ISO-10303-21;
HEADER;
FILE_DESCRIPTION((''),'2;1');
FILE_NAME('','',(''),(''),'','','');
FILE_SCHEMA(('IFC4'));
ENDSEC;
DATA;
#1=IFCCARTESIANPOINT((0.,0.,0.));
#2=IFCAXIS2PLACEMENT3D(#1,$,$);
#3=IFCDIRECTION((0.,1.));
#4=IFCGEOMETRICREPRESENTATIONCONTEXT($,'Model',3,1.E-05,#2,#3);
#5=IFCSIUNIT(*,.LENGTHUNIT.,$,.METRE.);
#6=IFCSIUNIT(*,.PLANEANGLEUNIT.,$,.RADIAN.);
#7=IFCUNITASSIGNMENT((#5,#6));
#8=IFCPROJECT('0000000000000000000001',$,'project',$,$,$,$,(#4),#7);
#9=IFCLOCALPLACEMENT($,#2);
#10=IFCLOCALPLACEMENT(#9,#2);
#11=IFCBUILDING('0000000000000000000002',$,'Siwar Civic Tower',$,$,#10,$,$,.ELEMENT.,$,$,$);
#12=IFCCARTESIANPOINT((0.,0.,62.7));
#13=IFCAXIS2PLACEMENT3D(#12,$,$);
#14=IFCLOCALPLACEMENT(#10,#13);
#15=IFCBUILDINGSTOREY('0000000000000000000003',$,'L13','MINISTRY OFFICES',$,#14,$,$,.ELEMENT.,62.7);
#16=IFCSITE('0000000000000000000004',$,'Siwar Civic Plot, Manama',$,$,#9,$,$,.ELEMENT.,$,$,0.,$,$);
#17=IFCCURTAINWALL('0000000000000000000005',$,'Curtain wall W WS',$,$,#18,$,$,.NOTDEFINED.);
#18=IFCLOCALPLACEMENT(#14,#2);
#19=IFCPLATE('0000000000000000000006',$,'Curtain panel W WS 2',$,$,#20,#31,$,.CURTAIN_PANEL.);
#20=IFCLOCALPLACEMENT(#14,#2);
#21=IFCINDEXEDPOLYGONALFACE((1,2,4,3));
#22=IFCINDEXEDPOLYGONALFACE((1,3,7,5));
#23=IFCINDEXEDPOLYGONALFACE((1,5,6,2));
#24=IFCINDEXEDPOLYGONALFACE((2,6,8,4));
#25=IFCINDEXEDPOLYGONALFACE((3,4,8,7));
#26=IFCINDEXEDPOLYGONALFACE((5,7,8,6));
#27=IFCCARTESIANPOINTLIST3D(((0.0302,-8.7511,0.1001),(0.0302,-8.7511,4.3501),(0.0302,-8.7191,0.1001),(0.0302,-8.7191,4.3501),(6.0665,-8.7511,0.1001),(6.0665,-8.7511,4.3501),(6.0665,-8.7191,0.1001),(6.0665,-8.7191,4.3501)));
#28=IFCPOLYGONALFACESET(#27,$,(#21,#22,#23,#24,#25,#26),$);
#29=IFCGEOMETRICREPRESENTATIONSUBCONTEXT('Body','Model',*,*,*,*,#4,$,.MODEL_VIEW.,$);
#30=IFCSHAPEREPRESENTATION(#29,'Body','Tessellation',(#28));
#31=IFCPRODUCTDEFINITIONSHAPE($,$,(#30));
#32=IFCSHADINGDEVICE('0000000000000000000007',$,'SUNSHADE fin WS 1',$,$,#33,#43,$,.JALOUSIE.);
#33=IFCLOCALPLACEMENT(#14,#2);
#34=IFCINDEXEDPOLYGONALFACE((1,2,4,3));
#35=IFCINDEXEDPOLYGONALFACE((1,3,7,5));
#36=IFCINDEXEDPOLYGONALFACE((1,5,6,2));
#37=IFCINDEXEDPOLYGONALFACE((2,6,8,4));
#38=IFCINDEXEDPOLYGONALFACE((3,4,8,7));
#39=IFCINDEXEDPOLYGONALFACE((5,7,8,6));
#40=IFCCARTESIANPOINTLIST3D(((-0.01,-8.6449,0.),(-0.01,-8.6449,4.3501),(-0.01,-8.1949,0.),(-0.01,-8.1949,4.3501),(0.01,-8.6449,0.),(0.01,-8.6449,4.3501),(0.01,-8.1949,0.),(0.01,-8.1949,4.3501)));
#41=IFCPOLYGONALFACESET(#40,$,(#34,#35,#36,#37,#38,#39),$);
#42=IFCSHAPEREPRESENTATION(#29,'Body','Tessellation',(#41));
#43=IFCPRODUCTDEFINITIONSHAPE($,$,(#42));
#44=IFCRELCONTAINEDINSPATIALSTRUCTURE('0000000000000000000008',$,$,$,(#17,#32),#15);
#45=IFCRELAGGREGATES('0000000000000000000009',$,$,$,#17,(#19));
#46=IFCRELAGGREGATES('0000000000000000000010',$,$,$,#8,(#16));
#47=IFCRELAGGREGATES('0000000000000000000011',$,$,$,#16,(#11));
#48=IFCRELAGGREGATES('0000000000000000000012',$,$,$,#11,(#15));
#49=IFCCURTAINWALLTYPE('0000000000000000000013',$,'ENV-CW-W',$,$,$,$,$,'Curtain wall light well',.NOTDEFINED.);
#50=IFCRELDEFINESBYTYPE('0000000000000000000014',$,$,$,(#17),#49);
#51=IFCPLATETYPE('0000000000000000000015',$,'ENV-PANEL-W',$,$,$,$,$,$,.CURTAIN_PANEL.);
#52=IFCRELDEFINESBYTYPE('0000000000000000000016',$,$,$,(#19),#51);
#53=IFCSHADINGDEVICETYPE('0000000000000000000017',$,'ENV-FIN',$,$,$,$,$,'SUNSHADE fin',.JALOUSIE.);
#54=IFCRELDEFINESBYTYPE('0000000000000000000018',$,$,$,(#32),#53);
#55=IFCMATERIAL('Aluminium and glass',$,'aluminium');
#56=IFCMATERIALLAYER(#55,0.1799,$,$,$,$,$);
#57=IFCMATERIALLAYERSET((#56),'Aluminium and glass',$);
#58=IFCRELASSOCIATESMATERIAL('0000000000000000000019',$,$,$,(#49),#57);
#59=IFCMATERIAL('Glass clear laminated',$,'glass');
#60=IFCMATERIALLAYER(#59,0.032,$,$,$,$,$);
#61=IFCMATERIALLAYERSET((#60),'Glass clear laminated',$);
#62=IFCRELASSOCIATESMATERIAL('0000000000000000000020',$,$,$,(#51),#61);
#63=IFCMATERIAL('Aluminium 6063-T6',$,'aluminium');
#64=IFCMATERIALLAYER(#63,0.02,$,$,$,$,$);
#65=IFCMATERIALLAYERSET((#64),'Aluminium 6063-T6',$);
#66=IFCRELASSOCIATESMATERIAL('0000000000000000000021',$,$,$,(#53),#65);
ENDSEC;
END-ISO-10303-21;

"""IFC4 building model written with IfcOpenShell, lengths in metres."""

from ifc_helpers import new_model, si_unit, direction, frame, origin, origin_2d, place, context, subcontext, project, spatial, rectangle, extrude, material, layer, layer_set, type_object, element, aggregate, save


model = new_model("IFC4")

# Units and contexts
model_context = context("Model", 3, precision=1e-05, world=origin(), true_north=direction((0.0, 1.0)))
body_context = subcontext(model_context, "Body", "Model", "MODEL_VIEW")
ifc_project = project(units=[si_unit("LENGTHUNIT", "METRE"), si_unit("PLANEANGLEUNIT", "RADIAN")], contexts=[model_context])

# Site, building, storey
site_placement = place(None, origin())
site = spatial("IfcSite", under=ifc_project, at=site_placement, Name="Siwar Civic Plot, Manama", CompositionType="ELEMENT", RefElevation=0.0)
building_placement = place(site_placement, origin())
building = spatial("IfcBuilding", under=site, at=building_placement, Name="Siwar Civic Tower", CompositionType="ELEMENT")
storey_placement = place(building_placement, frame((0.0, 0.0, 62.7)))
storey = spatial("IfcBuildingStorey", under=building, at=storey_placement, Name="L13", Description="MINISTRY OFFICES", CompositionType="ELEMENT", Elevation=62.7)

# Curtain wall
ifc_material_1 = material(Name="Aluminium and glass", Category="aluminium")
ifc_layer_1 = layer(ifc_material_1, 0.1799)
ifc_layer_set_1 = layer_set([ifc_layer_1], Name="Aluminium and glass")
curtain_wall_type = type_object("IfcCurtainWallType", Name="ENV-CW-W", ElementType="Curtain wall light well", PredefinedType="NOTDEFINED", material=ifc_layer_set_1)
curtain_wall_placement = place(storey_placement, origin())
curtain_wall = element("IfcCurtainWall", 1, at=curtain_wall_placement, inside=storey, type_object=curtain_wall_type, Name="Curtain wall W WS", PredefinedType="NOTDEFINED")

# Plate
ifc_material_2 = material(Name="Glass clear laminated", Category="glass")
ifc_layer_2 = layer(ifc_material_2, 0.032)
ifc_layer_set_2 = layer_set([ifc_layer_2], Name="Glass clear laminated")
plate_type = type_object("IfcPlateType", Name="ENV-PANEL-W", PredefinedType="CURTAIN_PANEL", material=ifc_layer_set_2)
plate_placement = place(storey_placement, frame((3.0483, -8.7351, 0.1001), z_axis=(0.0, 0.0, 1.0), x_axis=(1.0, 0.0, 0.0)))
plate = element("IfcPlate", 2, at=plate_placement, type_object=plate_type, Name="Curtain panel W WS 2", PredefinedType="CURTAIN_PANEL", context=body_context, shape_type="SweptSolid", body=[
    extrude(rectangle(XDim=6.0364, YDim=0.032, at=origin_2d()), origin(), (0.0, 0.0, 1.0), 4.25),
])
aggregate(curtain_wall, [plate])

# Shading device
ifc_material_3 = material(Name="Aluminium 6063-T6", Category="aluminium")
ifc_layer_3 = layer(ifc_material_3, 0.02)
ifc_layer_set_3 = layer_set([ifc_layer_3], Name="Aluminium 6063-T6")
shading_device_type = type_object("IfcShadingDeviceType", Name="ENV-FIN", ElementType="SUNSHADE fin", PredefinedType="JALOUSIE", material=ifc_layer_set_3)
shading_device_placement = place(storey_placement, frame((0.0, -8.4199, 0.0), z_axis=(0.0, 0.0, 1.0), x_axis=(1.0, 0.0, 0.0)))
element("IfcShadingDevice", 3, at=shading_device_placement, inside=storey, type_object=shading_device_type, Name="SUNSHADE fin WS 1", PredefinedType="JALOUSIE", context=body_context, shape_type="SweptSolid", body=[
    extrude(rectangle(XDim=0.02, YDim=0.45, at=origin_2d()), origin(), (0.0, 0.0, 1.0), 4.3501),
])

save(model, "model.ifc")
